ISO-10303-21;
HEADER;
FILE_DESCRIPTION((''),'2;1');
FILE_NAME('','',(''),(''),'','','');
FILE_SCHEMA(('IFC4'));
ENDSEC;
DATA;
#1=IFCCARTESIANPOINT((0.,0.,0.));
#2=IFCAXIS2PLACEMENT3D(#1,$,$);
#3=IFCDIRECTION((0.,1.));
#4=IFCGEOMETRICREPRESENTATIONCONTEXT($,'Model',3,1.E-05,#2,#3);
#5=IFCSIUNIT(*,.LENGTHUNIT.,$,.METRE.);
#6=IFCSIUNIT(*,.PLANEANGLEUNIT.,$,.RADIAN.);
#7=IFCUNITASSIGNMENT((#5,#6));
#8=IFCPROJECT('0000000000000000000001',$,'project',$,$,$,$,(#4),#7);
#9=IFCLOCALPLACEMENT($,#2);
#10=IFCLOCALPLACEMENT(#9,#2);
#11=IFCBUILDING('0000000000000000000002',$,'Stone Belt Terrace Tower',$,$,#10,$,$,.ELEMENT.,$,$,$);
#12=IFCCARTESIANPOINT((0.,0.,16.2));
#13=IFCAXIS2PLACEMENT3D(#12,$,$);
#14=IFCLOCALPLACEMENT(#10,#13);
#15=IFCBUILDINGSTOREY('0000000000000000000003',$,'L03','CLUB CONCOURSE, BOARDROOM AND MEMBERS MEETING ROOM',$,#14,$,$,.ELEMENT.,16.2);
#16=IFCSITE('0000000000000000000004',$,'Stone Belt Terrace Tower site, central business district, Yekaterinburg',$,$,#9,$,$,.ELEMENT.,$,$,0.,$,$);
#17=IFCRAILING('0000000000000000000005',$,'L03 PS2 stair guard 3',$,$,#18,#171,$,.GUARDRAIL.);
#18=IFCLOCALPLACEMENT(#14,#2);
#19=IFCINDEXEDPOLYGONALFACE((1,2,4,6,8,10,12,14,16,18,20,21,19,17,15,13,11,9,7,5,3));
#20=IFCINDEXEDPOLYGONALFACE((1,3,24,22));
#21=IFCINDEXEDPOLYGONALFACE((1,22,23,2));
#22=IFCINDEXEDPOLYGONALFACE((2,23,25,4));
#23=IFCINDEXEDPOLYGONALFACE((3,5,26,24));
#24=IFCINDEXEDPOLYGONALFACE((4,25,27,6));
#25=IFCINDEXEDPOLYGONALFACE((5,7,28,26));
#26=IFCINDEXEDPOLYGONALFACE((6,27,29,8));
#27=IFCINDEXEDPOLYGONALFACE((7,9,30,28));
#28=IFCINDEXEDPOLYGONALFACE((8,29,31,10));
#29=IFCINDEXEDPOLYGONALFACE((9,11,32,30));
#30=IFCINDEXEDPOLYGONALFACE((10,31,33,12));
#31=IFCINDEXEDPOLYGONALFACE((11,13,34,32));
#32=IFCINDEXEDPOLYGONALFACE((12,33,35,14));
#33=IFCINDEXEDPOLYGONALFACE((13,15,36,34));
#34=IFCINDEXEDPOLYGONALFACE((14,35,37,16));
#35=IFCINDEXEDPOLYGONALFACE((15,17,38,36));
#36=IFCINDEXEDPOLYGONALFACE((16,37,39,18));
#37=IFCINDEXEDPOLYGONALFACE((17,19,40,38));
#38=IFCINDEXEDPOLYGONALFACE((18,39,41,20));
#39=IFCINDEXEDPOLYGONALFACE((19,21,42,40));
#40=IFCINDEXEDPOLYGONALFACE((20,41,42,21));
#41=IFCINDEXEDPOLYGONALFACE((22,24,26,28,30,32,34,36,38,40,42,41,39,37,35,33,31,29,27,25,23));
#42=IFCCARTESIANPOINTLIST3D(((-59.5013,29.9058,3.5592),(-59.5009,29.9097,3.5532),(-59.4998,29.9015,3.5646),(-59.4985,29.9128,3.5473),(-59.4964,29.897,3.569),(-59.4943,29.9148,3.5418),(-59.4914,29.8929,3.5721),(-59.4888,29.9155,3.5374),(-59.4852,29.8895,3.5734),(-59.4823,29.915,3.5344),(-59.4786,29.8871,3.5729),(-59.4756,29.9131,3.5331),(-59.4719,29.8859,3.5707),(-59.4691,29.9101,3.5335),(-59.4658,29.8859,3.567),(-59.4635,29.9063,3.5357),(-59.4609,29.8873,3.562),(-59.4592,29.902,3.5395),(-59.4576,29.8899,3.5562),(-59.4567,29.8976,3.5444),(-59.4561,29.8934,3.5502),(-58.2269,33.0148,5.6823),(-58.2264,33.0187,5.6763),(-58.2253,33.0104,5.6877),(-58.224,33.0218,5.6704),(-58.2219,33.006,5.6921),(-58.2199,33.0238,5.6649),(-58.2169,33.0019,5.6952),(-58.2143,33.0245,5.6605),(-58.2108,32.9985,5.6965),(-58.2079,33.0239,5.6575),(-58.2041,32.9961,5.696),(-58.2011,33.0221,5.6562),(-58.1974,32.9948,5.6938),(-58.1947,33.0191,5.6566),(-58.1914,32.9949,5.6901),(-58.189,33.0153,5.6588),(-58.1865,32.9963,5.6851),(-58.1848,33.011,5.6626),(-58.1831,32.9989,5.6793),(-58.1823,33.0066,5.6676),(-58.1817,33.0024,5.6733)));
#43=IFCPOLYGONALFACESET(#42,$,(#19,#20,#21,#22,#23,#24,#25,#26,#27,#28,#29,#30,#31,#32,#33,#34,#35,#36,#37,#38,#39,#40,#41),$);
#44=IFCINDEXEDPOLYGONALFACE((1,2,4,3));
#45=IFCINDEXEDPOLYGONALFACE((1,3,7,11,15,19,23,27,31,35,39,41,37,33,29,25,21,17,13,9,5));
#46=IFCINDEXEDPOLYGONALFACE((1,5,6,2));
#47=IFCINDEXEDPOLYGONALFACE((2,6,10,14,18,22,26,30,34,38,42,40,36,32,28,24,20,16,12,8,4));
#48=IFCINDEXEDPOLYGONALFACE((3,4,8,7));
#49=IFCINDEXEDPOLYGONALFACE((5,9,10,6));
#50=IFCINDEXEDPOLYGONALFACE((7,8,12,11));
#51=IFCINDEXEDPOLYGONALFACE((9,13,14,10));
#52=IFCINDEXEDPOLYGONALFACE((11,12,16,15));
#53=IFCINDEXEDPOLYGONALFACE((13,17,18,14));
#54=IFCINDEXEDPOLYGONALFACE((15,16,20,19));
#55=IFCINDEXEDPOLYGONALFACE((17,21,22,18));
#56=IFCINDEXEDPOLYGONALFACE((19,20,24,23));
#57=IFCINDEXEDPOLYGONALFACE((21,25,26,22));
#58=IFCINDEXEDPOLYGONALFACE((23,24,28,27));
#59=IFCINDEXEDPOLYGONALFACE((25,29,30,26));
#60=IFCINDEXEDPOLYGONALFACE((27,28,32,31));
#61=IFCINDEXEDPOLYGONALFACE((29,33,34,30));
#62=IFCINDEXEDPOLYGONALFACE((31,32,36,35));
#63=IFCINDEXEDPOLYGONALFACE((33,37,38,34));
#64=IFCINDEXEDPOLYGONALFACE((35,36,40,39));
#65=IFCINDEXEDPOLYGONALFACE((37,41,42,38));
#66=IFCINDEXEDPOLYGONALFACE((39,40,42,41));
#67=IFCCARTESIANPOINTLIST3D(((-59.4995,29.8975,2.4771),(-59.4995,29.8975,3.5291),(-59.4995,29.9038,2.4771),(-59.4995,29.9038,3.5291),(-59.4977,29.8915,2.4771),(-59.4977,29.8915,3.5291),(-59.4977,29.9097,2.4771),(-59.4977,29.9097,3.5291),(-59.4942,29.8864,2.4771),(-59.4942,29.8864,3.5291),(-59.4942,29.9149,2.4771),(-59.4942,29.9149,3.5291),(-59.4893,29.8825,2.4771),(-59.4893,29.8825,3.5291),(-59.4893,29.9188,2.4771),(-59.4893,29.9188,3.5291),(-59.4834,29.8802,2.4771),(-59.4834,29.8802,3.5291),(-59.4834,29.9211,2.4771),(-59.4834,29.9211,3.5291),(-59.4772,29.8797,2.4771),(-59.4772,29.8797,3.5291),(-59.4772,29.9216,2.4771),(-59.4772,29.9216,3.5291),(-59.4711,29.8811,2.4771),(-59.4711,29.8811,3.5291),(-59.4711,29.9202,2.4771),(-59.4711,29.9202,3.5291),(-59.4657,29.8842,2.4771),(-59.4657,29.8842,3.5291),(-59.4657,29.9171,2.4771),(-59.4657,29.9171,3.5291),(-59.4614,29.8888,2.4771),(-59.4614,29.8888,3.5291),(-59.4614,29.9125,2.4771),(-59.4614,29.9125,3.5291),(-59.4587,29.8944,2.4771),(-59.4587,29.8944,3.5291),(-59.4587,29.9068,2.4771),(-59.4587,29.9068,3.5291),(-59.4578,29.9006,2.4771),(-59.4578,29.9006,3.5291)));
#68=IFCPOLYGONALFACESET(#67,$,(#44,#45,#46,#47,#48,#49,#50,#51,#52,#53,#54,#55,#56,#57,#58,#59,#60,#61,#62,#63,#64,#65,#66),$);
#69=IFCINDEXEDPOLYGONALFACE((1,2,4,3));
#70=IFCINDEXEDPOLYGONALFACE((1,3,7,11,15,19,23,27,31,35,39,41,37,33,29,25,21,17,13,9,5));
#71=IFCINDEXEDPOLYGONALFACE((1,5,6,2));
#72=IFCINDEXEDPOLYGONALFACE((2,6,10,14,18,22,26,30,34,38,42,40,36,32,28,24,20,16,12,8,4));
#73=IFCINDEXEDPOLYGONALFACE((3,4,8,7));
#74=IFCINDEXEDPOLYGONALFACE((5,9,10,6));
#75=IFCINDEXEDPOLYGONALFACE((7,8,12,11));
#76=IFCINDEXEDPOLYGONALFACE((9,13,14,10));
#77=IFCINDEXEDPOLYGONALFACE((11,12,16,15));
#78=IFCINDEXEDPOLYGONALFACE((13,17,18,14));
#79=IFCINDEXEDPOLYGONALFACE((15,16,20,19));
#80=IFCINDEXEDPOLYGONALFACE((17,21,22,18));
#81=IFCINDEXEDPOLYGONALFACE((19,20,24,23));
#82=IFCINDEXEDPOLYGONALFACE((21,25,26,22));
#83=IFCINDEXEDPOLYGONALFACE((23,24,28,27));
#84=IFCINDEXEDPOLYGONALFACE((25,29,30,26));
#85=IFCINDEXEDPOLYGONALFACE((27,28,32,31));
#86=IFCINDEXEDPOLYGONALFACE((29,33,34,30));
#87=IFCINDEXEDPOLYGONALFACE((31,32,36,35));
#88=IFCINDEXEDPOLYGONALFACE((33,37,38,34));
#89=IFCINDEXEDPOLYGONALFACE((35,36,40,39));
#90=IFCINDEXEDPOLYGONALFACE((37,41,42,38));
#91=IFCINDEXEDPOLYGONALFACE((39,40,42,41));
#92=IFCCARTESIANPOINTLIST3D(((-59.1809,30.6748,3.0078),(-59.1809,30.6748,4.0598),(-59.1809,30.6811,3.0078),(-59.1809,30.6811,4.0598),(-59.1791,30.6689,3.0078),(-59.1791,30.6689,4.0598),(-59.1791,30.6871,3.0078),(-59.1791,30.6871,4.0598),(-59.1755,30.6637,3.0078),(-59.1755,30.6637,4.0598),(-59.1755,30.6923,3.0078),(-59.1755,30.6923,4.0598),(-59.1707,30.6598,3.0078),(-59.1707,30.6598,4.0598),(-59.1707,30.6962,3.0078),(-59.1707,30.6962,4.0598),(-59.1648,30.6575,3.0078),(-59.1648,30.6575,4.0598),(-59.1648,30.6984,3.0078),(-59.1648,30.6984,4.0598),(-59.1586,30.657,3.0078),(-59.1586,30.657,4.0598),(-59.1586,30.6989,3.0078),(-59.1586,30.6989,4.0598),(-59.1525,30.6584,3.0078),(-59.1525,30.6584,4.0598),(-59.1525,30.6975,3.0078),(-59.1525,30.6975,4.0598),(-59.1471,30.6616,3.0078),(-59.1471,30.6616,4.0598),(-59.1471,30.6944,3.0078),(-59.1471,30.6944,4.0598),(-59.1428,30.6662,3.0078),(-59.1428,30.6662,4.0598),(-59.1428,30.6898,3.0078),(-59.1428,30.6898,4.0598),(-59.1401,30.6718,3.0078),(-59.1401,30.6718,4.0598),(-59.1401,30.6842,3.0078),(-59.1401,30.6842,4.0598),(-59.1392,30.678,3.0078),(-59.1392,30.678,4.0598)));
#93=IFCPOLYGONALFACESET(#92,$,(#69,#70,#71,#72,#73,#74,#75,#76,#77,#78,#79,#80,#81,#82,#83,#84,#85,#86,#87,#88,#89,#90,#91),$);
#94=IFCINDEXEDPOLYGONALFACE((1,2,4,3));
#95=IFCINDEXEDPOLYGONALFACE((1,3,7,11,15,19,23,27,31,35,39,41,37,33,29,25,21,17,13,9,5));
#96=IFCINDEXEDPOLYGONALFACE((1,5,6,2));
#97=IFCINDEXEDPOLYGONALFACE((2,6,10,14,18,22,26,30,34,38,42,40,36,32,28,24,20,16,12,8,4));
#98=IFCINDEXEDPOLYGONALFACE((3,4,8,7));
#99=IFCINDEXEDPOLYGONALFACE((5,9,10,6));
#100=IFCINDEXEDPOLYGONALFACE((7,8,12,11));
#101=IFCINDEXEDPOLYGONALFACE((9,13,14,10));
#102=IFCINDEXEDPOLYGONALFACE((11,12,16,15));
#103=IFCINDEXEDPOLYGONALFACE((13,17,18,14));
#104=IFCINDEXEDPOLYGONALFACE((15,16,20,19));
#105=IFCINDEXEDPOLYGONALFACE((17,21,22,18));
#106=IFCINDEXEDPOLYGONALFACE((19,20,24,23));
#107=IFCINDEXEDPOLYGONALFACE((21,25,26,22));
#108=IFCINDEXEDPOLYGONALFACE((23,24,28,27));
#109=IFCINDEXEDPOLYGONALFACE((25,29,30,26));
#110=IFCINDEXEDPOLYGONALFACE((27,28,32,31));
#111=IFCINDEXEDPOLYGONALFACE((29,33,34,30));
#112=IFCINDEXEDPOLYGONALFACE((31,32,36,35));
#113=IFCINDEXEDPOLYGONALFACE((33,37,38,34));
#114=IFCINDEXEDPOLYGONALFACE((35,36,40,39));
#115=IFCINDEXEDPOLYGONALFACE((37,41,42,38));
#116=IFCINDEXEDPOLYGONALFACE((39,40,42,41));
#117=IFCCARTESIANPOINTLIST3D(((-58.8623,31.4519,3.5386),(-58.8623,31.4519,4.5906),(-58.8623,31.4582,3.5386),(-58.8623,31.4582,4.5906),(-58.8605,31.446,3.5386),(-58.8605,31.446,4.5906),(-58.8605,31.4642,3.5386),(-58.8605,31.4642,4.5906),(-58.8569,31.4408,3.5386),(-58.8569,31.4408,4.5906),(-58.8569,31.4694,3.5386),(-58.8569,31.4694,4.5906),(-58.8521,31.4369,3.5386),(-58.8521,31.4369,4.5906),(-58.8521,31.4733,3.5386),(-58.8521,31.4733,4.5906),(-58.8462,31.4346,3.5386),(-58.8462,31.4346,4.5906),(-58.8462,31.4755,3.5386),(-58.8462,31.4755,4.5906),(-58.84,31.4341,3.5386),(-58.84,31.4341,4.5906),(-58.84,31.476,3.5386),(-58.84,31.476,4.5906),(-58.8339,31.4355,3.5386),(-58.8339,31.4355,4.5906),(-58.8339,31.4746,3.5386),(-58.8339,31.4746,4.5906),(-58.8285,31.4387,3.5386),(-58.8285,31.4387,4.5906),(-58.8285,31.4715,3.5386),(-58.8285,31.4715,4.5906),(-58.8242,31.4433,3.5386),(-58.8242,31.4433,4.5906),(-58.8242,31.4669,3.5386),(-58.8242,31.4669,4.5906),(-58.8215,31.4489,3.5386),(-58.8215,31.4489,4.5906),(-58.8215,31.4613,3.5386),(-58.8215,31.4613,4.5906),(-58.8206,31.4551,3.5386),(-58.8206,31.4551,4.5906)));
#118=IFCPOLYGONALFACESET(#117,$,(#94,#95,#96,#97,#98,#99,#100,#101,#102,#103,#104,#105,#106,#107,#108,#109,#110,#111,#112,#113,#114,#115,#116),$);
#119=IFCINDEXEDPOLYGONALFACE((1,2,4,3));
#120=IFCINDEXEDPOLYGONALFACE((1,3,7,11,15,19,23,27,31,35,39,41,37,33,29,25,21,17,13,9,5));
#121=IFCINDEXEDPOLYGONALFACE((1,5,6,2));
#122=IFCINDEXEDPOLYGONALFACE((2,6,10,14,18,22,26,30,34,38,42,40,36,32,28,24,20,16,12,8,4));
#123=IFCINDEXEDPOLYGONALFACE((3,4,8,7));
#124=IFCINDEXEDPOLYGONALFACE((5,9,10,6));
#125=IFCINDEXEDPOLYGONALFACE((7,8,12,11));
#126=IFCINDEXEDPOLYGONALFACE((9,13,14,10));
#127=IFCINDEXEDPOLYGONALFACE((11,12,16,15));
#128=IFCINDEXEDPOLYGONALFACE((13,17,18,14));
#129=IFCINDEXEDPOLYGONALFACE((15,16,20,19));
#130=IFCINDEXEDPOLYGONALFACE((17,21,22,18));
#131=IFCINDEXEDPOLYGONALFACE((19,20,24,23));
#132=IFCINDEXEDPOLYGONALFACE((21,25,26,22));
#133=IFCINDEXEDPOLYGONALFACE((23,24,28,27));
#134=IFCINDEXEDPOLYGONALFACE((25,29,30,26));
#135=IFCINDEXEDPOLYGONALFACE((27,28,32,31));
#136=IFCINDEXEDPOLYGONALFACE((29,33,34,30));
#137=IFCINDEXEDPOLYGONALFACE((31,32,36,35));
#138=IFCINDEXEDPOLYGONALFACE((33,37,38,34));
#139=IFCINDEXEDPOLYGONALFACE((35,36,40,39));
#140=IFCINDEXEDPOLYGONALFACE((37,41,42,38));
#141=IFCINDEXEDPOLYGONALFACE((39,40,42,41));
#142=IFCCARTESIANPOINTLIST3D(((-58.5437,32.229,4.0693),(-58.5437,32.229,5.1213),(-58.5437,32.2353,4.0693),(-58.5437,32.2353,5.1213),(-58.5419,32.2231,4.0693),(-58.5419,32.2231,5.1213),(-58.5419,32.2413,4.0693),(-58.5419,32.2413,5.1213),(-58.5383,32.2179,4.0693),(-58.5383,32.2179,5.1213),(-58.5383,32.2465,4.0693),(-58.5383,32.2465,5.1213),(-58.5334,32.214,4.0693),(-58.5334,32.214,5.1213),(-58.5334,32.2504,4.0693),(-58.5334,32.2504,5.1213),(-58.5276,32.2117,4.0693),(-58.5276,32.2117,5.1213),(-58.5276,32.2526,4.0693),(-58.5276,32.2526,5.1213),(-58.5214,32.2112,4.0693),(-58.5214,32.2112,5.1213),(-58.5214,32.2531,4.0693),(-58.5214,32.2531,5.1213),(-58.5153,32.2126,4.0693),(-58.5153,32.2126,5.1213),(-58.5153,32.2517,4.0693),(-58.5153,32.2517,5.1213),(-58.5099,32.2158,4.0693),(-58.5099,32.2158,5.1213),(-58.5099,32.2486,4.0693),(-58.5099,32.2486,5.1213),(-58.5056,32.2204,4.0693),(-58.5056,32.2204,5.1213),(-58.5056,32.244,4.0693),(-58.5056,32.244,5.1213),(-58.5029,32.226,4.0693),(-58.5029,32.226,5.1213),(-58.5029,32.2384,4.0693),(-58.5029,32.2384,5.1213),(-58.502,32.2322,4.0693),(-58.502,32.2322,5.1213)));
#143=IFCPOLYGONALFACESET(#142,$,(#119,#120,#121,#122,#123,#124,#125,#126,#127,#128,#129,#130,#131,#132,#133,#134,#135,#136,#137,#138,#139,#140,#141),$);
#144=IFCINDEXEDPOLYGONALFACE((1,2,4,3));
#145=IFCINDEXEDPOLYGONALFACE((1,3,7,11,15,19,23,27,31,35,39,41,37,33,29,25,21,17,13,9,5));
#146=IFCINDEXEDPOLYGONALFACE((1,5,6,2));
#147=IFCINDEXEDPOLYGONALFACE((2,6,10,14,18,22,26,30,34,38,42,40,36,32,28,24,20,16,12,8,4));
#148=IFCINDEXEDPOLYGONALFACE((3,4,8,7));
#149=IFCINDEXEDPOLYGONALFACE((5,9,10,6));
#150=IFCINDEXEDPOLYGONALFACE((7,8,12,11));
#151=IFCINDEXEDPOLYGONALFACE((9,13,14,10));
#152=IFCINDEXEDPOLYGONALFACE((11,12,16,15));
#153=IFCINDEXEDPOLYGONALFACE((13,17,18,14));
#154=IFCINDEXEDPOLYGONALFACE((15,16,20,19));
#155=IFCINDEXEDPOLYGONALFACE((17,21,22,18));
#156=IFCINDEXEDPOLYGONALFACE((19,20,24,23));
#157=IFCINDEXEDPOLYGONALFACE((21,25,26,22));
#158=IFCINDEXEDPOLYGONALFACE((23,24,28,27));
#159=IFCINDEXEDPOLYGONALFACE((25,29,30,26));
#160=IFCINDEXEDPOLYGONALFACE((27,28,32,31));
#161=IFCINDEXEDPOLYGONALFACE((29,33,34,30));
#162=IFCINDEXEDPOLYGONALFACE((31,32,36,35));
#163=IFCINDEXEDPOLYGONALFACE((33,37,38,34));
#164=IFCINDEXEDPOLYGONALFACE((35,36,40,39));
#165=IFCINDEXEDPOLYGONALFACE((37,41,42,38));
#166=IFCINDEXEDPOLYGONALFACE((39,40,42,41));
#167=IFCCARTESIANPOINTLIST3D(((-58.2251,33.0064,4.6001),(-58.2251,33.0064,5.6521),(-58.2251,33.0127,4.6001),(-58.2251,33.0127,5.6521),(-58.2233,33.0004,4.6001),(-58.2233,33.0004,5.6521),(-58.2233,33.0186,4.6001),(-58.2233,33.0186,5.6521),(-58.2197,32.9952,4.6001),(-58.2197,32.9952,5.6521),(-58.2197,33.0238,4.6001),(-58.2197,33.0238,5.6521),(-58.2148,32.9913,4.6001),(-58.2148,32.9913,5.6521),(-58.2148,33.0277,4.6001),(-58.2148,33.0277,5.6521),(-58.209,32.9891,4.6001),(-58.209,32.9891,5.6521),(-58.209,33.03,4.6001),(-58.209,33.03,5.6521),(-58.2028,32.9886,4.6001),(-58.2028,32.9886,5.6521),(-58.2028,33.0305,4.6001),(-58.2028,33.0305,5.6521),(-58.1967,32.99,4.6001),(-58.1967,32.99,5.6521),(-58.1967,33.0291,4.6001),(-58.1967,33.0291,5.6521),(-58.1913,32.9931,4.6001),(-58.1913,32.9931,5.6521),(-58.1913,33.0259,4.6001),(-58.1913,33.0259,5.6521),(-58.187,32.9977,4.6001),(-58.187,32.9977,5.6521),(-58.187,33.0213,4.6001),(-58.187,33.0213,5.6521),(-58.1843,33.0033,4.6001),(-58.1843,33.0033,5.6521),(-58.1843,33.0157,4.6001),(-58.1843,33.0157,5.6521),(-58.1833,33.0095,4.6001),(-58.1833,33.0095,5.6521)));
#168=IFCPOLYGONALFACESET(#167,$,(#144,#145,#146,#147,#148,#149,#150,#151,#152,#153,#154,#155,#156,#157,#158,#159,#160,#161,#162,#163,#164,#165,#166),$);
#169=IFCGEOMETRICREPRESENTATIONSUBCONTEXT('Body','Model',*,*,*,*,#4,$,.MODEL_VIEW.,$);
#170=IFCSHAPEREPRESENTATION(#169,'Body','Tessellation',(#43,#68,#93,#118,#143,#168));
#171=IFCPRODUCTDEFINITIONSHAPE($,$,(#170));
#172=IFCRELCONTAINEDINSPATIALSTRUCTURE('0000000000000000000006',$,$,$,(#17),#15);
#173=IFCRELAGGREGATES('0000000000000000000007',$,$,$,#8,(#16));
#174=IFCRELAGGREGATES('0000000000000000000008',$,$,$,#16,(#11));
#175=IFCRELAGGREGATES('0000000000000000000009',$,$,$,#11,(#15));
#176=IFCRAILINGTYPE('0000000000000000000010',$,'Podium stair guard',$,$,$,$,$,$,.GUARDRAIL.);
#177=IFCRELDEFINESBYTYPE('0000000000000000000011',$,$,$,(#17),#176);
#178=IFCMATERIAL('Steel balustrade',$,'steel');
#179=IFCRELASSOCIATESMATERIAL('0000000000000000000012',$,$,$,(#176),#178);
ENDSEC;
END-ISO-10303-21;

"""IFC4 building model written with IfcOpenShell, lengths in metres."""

from ifc_helpers import new_model, si_unit, direction, frame, origin, origin_2d, place, context, subcontext, project, spatial, circle, extrude, material, type_object, element, save


model = new_model("IFC4")

# Units and contexts
model_context = context("Model", 3, precision=1e-05, world=origin(), true_north=direction((0.0, 1.0)))
body_context = subcontext(model_context, "Body", "Model", "MODEL_VIEW")
ifc_project = project(units=[si_unit("LENGTHUNIT", "METRE"), si_unit("PLANEANGLEUNIT", "RADIAN")], contexts=[model_context])

# Site, building, storey
site_placement = place(None, origin())
site = spatial("IfcSite", under=ifc_project, at=site_placement, Name="Stone Belt Terrace Tower site, central business district, Yekaterinburg", CompositionType="ELEMENT", RefElevation=0.0)
building_placement = place(site_placement, origin())
building = spatial("IfcBuilding", under=site, at=building_placement, Name="Stone Belt Terrace Tower", CompositionType="ELEMENT")
storey_placement = place(building_placement, frame((0.0, 0.0, 16.2)))
storey = spatial("IfcBuildingStorey", under=building, at=storey_placement, Name="L03", Description="CLUB CONCOURSE, BOARDROOM AND MEMBERS MEETING ROOM", CompositionType="ELEMENT", Elevation=16.2)

# Railing
ifc_material_1 = material(Name="Steel balustrade", Category="steel")
railing_type_1 = type_object("IfcRailingType", Name="Podium stair guard", PredefinedType="GUARDRAIL", material=ifc_material_1)
railing_1_placement = place(storey_placement, frame((-59.4788, 29.9006, 2.4771)))
element("IfcRailing", 1, at=railing_1_placement, inside=storey, type_object=railing_type_1, Name="L03 PS2 stair guard 3", PredefinedType="GUARDRAIL", context=body_context, shape_type="SweptSolid", body=[
    extrude(circle(Radius=0.0239, at=origin_2d()), frame((0.0, 0.0, 1.0762), z_axis=(0.320648, 0.782209, 0.534167), x_axis=(-0.925276, 0.379295, 0.0)), (0.0, 0.0, 1.0), 3.9746),
    extrude(circle(Radius=0.021, at=origin_2d()), origin(), (0.0, 0.0, 1.0), 1.052),
    extrude(circle(Radius=0.021, at=origin_2d()), frame((0.3186, 0.7773, 0.5308)), (0.0, 0.0, 1.0), 1.052),
    extrude(circle(Radius=0.021, at=origin_2d()), frame((0.6372, 1.5544, 1.0615)), (0.0, 0.0, 1.0), 1.052),
    extrude(circle(Radius=0.021, at=origin_2d()), frame((0.9558, 2.3315, 1.5923)), (0.0, 0.0, 1.0), 1.052),
    extrude(circle(Radius=0.021, at=origin_2d()), frame((1.2744, 3.1089, 2.123)), (0.0, 0.0, 1.0), 1.052),
])

save(model, "model.ifc")
